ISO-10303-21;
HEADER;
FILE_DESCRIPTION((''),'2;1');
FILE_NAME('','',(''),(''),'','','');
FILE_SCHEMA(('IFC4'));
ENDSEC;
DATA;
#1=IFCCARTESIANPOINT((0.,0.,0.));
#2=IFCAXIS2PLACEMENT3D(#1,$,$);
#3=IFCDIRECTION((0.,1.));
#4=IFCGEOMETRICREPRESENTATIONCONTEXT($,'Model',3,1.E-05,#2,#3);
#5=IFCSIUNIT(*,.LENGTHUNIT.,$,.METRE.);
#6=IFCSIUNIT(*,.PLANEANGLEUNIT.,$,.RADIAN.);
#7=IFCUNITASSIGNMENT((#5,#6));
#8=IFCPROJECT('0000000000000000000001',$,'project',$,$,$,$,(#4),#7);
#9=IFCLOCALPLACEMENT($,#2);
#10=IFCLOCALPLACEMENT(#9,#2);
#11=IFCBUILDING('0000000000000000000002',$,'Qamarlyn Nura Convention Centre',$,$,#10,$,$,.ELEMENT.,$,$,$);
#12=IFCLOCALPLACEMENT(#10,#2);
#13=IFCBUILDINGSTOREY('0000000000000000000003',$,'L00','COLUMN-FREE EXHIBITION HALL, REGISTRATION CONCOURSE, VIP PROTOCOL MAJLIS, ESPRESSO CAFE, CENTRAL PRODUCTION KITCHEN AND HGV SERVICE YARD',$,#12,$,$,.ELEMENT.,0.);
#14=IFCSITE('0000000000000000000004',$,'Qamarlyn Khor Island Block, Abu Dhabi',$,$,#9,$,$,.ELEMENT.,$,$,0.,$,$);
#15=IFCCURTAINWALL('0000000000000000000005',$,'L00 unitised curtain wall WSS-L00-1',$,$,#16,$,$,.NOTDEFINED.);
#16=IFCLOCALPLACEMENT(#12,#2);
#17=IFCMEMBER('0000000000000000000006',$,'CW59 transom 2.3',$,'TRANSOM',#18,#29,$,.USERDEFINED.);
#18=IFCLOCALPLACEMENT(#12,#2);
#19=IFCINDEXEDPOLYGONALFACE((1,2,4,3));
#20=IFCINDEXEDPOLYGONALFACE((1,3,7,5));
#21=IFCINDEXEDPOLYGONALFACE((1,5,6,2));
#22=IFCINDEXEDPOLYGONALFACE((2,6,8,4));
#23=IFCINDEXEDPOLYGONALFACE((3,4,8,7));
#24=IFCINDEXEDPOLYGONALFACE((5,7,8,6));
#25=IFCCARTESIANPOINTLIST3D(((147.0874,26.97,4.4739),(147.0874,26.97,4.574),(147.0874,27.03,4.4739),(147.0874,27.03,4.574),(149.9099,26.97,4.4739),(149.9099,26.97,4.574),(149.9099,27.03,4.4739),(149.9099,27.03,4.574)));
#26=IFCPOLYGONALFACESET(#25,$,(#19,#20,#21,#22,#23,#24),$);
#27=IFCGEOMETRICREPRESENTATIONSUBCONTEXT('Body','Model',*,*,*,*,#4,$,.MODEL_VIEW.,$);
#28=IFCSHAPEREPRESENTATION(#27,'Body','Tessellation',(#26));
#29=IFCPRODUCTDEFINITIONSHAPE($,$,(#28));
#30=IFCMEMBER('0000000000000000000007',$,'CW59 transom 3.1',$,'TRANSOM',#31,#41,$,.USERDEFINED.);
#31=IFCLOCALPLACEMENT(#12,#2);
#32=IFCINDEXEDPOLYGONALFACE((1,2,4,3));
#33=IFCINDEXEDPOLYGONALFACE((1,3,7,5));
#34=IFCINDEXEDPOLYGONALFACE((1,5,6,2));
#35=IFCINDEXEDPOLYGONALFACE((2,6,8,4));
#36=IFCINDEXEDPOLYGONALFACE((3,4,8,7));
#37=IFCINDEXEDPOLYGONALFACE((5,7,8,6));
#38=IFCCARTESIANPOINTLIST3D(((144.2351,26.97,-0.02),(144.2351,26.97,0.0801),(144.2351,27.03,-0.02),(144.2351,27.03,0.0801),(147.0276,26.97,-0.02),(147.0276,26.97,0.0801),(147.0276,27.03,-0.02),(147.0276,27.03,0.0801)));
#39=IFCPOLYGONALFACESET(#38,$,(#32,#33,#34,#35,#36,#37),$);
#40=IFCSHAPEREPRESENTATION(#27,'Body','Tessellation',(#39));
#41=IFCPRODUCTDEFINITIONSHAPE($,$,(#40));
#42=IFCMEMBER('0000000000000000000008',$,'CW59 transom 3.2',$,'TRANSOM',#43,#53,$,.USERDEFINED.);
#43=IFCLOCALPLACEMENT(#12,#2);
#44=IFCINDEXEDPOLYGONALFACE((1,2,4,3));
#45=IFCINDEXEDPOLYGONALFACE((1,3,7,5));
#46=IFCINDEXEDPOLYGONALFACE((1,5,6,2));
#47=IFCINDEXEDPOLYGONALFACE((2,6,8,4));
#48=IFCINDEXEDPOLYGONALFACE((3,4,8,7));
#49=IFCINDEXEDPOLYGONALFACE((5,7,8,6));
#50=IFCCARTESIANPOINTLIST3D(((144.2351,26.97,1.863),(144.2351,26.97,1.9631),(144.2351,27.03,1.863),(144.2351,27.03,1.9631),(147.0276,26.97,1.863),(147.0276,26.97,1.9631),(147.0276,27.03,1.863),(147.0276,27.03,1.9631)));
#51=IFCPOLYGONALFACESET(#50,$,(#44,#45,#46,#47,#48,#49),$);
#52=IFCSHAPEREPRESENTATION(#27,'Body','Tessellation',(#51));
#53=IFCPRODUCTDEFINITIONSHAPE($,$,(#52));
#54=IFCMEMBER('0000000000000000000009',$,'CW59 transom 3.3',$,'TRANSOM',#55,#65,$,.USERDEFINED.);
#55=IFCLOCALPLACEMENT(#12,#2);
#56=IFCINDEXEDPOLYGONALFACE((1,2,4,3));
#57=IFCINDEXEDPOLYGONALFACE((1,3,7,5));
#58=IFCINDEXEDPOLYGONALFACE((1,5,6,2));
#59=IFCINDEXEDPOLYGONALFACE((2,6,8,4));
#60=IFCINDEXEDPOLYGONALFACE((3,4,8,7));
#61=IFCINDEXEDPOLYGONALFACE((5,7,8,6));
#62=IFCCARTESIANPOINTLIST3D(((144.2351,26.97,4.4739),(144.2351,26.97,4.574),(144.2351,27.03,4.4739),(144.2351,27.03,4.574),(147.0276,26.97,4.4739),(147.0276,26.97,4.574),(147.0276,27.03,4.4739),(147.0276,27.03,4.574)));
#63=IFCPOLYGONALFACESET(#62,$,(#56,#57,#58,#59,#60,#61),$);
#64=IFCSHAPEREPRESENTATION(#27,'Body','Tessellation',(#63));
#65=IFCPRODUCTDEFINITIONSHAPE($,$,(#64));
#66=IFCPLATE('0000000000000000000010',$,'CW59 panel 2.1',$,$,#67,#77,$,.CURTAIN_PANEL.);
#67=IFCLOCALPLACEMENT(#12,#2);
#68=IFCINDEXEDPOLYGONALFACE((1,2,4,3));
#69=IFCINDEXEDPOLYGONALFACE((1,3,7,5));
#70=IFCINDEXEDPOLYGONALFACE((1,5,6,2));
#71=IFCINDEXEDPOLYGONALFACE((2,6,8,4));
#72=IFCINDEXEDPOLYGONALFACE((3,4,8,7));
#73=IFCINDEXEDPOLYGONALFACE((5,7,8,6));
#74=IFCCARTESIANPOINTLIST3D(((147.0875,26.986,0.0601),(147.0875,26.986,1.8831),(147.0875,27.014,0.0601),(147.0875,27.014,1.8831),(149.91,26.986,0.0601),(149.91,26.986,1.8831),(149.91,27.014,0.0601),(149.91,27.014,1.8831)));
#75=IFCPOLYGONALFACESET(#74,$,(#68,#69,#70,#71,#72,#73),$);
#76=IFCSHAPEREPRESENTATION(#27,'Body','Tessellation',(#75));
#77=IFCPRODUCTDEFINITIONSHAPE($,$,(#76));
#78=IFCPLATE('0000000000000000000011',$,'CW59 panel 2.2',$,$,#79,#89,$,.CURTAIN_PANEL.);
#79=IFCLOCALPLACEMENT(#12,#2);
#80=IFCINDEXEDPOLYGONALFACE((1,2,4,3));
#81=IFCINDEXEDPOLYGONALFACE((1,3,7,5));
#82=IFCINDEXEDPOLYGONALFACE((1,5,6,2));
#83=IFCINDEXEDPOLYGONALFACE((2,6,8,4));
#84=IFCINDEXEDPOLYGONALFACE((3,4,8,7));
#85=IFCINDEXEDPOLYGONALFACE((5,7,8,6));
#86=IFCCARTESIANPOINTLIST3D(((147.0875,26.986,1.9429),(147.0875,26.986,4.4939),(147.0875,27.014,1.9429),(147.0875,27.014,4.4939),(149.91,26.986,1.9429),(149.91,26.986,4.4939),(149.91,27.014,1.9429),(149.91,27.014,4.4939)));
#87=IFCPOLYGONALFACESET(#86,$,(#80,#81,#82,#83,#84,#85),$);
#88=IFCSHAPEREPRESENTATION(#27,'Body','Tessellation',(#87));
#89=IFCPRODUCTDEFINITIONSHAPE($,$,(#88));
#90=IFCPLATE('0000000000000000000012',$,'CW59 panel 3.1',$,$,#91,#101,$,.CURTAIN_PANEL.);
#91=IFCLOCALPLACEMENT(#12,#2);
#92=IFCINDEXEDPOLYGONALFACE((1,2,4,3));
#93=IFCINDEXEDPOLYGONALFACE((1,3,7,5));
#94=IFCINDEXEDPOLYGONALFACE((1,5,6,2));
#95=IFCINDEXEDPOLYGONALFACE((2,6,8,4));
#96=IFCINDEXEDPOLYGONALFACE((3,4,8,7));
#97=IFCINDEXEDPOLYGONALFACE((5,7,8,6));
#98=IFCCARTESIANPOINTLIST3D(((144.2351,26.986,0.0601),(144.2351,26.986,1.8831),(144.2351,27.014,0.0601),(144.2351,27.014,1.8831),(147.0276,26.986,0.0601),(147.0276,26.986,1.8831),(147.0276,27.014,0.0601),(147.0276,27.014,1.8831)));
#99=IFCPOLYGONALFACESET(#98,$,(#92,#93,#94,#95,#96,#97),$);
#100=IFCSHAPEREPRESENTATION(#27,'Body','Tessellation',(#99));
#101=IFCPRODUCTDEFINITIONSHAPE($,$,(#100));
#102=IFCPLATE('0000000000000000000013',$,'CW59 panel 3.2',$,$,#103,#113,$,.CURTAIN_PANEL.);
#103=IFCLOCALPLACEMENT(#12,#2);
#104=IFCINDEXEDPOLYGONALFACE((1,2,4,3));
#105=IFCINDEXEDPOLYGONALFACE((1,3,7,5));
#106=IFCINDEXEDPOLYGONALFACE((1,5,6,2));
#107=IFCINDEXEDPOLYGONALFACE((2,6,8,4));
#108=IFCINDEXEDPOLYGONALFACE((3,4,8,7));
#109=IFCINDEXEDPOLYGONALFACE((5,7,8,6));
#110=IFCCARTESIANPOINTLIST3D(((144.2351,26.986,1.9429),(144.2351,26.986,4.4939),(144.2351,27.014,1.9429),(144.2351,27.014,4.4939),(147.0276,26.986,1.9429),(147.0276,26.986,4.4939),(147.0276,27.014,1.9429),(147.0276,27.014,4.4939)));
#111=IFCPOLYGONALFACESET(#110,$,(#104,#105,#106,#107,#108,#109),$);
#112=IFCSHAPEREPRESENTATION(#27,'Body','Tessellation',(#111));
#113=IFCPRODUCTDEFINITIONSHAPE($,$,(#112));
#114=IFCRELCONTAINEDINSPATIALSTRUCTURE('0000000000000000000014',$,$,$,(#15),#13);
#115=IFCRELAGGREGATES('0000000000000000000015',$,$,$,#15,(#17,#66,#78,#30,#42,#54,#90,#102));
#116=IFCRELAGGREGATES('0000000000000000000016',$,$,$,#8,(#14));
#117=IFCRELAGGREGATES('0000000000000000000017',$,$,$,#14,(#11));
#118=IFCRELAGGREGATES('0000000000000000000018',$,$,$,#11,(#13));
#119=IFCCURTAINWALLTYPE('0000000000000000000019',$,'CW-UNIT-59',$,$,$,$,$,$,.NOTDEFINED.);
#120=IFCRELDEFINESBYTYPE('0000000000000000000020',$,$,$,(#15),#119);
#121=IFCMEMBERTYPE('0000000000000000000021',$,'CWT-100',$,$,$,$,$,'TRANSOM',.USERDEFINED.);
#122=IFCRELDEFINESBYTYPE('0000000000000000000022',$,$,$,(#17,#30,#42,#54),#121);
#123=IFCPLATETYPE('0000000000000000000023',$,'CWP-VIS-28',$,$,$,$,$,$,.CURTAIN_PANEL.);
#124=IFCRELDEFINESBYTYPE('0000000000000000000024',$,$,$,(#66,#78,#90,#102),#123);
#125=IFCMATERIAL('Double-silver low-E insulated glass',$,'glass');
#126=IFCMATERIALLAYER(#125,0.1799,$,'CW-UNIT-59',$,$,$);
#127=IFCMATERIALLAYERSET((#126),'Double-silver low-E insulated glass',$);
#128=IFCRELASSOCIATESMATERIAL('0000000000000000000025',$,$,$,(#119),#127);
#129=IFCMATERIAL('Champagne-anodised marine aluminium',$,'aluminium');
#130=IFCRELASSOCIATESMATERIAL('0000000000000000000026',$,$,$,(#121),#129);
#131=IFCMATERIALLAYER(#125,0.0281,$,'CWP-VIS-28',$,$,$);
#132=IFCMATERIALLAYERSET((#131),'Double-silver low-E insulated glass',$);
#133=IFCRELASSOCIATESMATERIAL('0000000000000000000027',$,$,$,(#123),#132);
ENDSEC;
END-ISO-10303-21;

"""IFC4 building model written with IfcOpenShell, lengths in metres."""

from ifc_helpers import new_model, si_unit, direction, frame, origin, origin_2d, place, context, subcontext, project, spatial, rectangle, extrude, material, layer, layer_set, material_profile, profile_set, type_object, element, aggregate, save


model = new_model("IFC4")

# Units and contexts
model_context = context("Model", 3, precision=1e-05, world=origin(), true_north=direction((0.0, 1.0)))
body_context = subcontext(model_context, "Body", "Model", "MODEL_VIEW")
ifc_project = project(units=[si_unit("LENGTHUNIT", "METRE"), si_unit("PLANEANGLEUNIT", "RADIAN")], contexts=[model_context])

# Site, building, storey
site_placement = place(None, origin())
site = spatial("IfcSite", under=ifc_project, at=site_placement, Name="Qamarlyn Khor Island Block, Abu Dhabi", CompositionType="ELEMENT", RefElevation=0.0)
building_placement = place(site_placement, origin())
building = spatial("IfcBuilding", under=site, at=building_placement, Name="Qamarlyn Nura Convention Centre", CompositionType="ELEMENT")
storey_placement = place(building_placement, origin())
storey = spatial("IfcBuildingStorey", under=building, at=storey_placement, Name="L00", Description="COLUMN-FREE EXHIBITION HALL, REGISTRATION CONCOURSE, VIP PROTOCOL MAJLIS, ESPRESSO CAFE, CENTRAL PRODUCTION KITCHEN AND HGV SERVICE YARD", CompositionType="ELEMENT", Elevation=0.0)

# Curtain wall, members, plates
ifc_material_1 = material(Name="Double-silver low-E insulated glass", Category="glass")
ifc_layer_1 = layer(ifc_material_1, 0.1799, Name="CW-UNIT-59")
ifc_layer_set_1 = layer_set([ifc_layer_1], Name="Double-silver low-E insulated glass")
curtain_wall_type = type_object("IfcCurtainWallType", Name="CW-UNIT-59", PredefinedType="NOTDEFINED", material=ifc_layer_set_1)
curtain_wall_placement = place(storey_placement, origin())
curtain_wall = element("IfcCurtainWall", 1, at=curtain_wall_placement, inside=storey, type_object=curtain_wall_type, Name="L00 unitised curtain wall WSS-L00-1", PredefinedType="NOTDEFINED")
ifc_material_2 = material(Name="Champagne-anodised marine aluminium", Category="aluminium")
ifc_material_profile_1 = material_profile(ifc_material_2, rectangle(XDim=0.0601, YDim=0.1001, at=origin_2d()), Name="ALU TRANSOM 60x100")
ifc_profile_set_1 = profile_set([ifc_material_profile_1], Name="Champagne-anodised marine aluminium")
member_type_1 = type_object("IfcMemberType", Name="CWT-100", ElementType="TRANSOM", PredefinedType="USERDEFINED", material=ifc_profile_set_1)
member_1_placement = place(storey_placement, frame((149.9099, 27.0, 4.5239), z_axis=(-1.0, 0.0, 0.0), x_axis=(0.0, -1.0, 0.0)))
member_1 = element("IfcMember", 2, at=member_1_placement, type_object=member_type_1, Name="CW59 transom 2.3", ObjectType="TRANSOM", PredefinedType="USERDEFINED", context=body_context, shape_type="SweptSolid", body=[
    extrude(rectangle(XDim=0.0601, YDim=0.1001, at=origin_2d()), origin(), (0.0, 0.0, 1.0), 2.8225),
])
member_2_placement = place(storey_placement, frame((147.0276, 27.0, 0.03), z_axis=(-1.0, 0.0, 0.0), x_axis=(0.0, -1.0, 0.0)))
member_2 = element("IfcMember", 3, at=member_2_placement, type_object=member_type_1, Name="CW59 transom 3.1", ObjectType="TRANSOM", PredefinedType="USERDEFINED", context=body_context, shape_type="SweptSolid", body=[
    extrude(rectangle(XDim=0.0601, YDim=0.1001, at=origin_2d()), origin(), (0.0, 0.0, 1.0), 2.7925),
])
member_3_placement = place(storey_placement, frame((147.0276, 27.0, 1.9131), z_axis=(-1.0, 0.0, 0.0), x_axis=(0.0, -1.0, 0.0)))
member_3 = element("IfcMember", 4, at=member_3_placement, type_object=member_type_1, Name="CW59 transom 3.2", ObjectType="TRANSOM", PredefinedType="USERDEFINED", context=body_context, shape_type="SweptSolid", body=[
    extrude(rectangle(XDim=0.0601, YDim=0.1001, at=origin_2d()), origin(), (0.0, 0.0, 1.0), 2.7925),
])
member_4_placement = place(storey_placement, frame((147.0276, 27.0, 4.5239), z_axis=(-1.0, 0.0, 0.0), x_axis=(0.0, -1.0, 0.0)))
member_4 = element("IfcMember", 5, at=member_4_placement, type_object=member_type_1, Name="CW59 transom 3.3", ObjectType="TRANSOM", PredefinedType="USERDEFINED", context=body_context, shape_type="SweptSolid", body=[
    extrude(rectangle(XDim=0.0601, YDim=0.1001, at=origin_2d()), origin(), (0.0, 0.0, 1.0), 2.7925),
])
ifc_layer_2 = layer(ifc_material_1, 0.0281, Name="CWP-VIS-28")
ifc_layer_set_2 = layer_set([ifc_layer_2], Name="Double-silver low-E insulated glass")
plate_type = type_object("IfcPlateType", Name="CWP-VIS-28", PredefinedType="CURTAIN_PANEL", material=ifc_layer_set_2)
plate_1_placement = place(storey_placement, frame((148.4988, 27.0, 0.0601), z_axis=(0.0, 0.0, 1.0), x_axis=(-1.0, 0.0, 0.0)))
plate_1 = element("IfcPlate", 6, at=plate_1_placement, type_object=plate_type, Name="CW59 panel 2.1", PredefinedType="CURTAIN_PANEL", context=body_context, shape_type="SweptSolid", body=[
    extrude(rectangle(XDim=2.8225, YDim=0.0281, at=origin_2d()), origin(), (0.0, 0.0, 1.0), 1.823),
])
plate_2_placement = place(storey_placement, frame((148.4988, 27.0, 1.9429), z_axis=(0.0, 0.0, 1.0), x_axis=(-1.0, 0.0, 0.0)))
plate_2 = element("IfcPlate", 7, at=plate_2_placement, type_object=plate_type, Name="CW59 panel 2.2", PredefinedType="CURTAIN_PANEL", context=body_context, shape_type="SweptSolid", body=[
    extrude(rectangle(XDim=2.8225, YDim=0.0281, at=origin_2d()), origin(), (0.0, 0.0, 1.0), 2.551),
])
plate_3_placement = place(storey_placement, frame((145.6313, 27.0, 0.0601), z_axis=(0.0, 0.0, 1.0), x_axis=(-1.0, 0.0, 0.0)))
plate_3 = element("IfcPlate", 8, at=plate_3_placement, type_object=plate_type, Name="CW59 panel 3.1", PredefinedType="CURTAIN_PANEL", context=body_context, shape_type="SweptSolid", body=[
    extrude(rectangle(XDim=2.7925, YDim=0.0281, at=origin_2d()), origin(), (0.0, 0.0, 1.0), 1.823),
])
plate_4_placement = place(storey_placement, frame((145.6313, 27.0, 1.9429), z_axis=(0.0, 0.0, 1.0), x_axis=(-1.0, 0.0, 0.0)))
plate_4 = element("IfcPlate", 9, at=plate_4_placement, type_object=plate_type, Name="CW59 panel 3.2", PredefinedType="CURTAIN_PANEL", context=body_context, shape_type="SweptSolid", body=[
    extrude(rectangle(XDim=2.7925, YDim=0.0281, at=origin_2d()), origin(), (0.0, 0.0, 1.0), 2.551),
])
aggregate(curtain_wall, [member_1, plate_1, plate_2, member_2, member_3, member_4, plate_3, plate_4])

save(model, "model.ifc")
